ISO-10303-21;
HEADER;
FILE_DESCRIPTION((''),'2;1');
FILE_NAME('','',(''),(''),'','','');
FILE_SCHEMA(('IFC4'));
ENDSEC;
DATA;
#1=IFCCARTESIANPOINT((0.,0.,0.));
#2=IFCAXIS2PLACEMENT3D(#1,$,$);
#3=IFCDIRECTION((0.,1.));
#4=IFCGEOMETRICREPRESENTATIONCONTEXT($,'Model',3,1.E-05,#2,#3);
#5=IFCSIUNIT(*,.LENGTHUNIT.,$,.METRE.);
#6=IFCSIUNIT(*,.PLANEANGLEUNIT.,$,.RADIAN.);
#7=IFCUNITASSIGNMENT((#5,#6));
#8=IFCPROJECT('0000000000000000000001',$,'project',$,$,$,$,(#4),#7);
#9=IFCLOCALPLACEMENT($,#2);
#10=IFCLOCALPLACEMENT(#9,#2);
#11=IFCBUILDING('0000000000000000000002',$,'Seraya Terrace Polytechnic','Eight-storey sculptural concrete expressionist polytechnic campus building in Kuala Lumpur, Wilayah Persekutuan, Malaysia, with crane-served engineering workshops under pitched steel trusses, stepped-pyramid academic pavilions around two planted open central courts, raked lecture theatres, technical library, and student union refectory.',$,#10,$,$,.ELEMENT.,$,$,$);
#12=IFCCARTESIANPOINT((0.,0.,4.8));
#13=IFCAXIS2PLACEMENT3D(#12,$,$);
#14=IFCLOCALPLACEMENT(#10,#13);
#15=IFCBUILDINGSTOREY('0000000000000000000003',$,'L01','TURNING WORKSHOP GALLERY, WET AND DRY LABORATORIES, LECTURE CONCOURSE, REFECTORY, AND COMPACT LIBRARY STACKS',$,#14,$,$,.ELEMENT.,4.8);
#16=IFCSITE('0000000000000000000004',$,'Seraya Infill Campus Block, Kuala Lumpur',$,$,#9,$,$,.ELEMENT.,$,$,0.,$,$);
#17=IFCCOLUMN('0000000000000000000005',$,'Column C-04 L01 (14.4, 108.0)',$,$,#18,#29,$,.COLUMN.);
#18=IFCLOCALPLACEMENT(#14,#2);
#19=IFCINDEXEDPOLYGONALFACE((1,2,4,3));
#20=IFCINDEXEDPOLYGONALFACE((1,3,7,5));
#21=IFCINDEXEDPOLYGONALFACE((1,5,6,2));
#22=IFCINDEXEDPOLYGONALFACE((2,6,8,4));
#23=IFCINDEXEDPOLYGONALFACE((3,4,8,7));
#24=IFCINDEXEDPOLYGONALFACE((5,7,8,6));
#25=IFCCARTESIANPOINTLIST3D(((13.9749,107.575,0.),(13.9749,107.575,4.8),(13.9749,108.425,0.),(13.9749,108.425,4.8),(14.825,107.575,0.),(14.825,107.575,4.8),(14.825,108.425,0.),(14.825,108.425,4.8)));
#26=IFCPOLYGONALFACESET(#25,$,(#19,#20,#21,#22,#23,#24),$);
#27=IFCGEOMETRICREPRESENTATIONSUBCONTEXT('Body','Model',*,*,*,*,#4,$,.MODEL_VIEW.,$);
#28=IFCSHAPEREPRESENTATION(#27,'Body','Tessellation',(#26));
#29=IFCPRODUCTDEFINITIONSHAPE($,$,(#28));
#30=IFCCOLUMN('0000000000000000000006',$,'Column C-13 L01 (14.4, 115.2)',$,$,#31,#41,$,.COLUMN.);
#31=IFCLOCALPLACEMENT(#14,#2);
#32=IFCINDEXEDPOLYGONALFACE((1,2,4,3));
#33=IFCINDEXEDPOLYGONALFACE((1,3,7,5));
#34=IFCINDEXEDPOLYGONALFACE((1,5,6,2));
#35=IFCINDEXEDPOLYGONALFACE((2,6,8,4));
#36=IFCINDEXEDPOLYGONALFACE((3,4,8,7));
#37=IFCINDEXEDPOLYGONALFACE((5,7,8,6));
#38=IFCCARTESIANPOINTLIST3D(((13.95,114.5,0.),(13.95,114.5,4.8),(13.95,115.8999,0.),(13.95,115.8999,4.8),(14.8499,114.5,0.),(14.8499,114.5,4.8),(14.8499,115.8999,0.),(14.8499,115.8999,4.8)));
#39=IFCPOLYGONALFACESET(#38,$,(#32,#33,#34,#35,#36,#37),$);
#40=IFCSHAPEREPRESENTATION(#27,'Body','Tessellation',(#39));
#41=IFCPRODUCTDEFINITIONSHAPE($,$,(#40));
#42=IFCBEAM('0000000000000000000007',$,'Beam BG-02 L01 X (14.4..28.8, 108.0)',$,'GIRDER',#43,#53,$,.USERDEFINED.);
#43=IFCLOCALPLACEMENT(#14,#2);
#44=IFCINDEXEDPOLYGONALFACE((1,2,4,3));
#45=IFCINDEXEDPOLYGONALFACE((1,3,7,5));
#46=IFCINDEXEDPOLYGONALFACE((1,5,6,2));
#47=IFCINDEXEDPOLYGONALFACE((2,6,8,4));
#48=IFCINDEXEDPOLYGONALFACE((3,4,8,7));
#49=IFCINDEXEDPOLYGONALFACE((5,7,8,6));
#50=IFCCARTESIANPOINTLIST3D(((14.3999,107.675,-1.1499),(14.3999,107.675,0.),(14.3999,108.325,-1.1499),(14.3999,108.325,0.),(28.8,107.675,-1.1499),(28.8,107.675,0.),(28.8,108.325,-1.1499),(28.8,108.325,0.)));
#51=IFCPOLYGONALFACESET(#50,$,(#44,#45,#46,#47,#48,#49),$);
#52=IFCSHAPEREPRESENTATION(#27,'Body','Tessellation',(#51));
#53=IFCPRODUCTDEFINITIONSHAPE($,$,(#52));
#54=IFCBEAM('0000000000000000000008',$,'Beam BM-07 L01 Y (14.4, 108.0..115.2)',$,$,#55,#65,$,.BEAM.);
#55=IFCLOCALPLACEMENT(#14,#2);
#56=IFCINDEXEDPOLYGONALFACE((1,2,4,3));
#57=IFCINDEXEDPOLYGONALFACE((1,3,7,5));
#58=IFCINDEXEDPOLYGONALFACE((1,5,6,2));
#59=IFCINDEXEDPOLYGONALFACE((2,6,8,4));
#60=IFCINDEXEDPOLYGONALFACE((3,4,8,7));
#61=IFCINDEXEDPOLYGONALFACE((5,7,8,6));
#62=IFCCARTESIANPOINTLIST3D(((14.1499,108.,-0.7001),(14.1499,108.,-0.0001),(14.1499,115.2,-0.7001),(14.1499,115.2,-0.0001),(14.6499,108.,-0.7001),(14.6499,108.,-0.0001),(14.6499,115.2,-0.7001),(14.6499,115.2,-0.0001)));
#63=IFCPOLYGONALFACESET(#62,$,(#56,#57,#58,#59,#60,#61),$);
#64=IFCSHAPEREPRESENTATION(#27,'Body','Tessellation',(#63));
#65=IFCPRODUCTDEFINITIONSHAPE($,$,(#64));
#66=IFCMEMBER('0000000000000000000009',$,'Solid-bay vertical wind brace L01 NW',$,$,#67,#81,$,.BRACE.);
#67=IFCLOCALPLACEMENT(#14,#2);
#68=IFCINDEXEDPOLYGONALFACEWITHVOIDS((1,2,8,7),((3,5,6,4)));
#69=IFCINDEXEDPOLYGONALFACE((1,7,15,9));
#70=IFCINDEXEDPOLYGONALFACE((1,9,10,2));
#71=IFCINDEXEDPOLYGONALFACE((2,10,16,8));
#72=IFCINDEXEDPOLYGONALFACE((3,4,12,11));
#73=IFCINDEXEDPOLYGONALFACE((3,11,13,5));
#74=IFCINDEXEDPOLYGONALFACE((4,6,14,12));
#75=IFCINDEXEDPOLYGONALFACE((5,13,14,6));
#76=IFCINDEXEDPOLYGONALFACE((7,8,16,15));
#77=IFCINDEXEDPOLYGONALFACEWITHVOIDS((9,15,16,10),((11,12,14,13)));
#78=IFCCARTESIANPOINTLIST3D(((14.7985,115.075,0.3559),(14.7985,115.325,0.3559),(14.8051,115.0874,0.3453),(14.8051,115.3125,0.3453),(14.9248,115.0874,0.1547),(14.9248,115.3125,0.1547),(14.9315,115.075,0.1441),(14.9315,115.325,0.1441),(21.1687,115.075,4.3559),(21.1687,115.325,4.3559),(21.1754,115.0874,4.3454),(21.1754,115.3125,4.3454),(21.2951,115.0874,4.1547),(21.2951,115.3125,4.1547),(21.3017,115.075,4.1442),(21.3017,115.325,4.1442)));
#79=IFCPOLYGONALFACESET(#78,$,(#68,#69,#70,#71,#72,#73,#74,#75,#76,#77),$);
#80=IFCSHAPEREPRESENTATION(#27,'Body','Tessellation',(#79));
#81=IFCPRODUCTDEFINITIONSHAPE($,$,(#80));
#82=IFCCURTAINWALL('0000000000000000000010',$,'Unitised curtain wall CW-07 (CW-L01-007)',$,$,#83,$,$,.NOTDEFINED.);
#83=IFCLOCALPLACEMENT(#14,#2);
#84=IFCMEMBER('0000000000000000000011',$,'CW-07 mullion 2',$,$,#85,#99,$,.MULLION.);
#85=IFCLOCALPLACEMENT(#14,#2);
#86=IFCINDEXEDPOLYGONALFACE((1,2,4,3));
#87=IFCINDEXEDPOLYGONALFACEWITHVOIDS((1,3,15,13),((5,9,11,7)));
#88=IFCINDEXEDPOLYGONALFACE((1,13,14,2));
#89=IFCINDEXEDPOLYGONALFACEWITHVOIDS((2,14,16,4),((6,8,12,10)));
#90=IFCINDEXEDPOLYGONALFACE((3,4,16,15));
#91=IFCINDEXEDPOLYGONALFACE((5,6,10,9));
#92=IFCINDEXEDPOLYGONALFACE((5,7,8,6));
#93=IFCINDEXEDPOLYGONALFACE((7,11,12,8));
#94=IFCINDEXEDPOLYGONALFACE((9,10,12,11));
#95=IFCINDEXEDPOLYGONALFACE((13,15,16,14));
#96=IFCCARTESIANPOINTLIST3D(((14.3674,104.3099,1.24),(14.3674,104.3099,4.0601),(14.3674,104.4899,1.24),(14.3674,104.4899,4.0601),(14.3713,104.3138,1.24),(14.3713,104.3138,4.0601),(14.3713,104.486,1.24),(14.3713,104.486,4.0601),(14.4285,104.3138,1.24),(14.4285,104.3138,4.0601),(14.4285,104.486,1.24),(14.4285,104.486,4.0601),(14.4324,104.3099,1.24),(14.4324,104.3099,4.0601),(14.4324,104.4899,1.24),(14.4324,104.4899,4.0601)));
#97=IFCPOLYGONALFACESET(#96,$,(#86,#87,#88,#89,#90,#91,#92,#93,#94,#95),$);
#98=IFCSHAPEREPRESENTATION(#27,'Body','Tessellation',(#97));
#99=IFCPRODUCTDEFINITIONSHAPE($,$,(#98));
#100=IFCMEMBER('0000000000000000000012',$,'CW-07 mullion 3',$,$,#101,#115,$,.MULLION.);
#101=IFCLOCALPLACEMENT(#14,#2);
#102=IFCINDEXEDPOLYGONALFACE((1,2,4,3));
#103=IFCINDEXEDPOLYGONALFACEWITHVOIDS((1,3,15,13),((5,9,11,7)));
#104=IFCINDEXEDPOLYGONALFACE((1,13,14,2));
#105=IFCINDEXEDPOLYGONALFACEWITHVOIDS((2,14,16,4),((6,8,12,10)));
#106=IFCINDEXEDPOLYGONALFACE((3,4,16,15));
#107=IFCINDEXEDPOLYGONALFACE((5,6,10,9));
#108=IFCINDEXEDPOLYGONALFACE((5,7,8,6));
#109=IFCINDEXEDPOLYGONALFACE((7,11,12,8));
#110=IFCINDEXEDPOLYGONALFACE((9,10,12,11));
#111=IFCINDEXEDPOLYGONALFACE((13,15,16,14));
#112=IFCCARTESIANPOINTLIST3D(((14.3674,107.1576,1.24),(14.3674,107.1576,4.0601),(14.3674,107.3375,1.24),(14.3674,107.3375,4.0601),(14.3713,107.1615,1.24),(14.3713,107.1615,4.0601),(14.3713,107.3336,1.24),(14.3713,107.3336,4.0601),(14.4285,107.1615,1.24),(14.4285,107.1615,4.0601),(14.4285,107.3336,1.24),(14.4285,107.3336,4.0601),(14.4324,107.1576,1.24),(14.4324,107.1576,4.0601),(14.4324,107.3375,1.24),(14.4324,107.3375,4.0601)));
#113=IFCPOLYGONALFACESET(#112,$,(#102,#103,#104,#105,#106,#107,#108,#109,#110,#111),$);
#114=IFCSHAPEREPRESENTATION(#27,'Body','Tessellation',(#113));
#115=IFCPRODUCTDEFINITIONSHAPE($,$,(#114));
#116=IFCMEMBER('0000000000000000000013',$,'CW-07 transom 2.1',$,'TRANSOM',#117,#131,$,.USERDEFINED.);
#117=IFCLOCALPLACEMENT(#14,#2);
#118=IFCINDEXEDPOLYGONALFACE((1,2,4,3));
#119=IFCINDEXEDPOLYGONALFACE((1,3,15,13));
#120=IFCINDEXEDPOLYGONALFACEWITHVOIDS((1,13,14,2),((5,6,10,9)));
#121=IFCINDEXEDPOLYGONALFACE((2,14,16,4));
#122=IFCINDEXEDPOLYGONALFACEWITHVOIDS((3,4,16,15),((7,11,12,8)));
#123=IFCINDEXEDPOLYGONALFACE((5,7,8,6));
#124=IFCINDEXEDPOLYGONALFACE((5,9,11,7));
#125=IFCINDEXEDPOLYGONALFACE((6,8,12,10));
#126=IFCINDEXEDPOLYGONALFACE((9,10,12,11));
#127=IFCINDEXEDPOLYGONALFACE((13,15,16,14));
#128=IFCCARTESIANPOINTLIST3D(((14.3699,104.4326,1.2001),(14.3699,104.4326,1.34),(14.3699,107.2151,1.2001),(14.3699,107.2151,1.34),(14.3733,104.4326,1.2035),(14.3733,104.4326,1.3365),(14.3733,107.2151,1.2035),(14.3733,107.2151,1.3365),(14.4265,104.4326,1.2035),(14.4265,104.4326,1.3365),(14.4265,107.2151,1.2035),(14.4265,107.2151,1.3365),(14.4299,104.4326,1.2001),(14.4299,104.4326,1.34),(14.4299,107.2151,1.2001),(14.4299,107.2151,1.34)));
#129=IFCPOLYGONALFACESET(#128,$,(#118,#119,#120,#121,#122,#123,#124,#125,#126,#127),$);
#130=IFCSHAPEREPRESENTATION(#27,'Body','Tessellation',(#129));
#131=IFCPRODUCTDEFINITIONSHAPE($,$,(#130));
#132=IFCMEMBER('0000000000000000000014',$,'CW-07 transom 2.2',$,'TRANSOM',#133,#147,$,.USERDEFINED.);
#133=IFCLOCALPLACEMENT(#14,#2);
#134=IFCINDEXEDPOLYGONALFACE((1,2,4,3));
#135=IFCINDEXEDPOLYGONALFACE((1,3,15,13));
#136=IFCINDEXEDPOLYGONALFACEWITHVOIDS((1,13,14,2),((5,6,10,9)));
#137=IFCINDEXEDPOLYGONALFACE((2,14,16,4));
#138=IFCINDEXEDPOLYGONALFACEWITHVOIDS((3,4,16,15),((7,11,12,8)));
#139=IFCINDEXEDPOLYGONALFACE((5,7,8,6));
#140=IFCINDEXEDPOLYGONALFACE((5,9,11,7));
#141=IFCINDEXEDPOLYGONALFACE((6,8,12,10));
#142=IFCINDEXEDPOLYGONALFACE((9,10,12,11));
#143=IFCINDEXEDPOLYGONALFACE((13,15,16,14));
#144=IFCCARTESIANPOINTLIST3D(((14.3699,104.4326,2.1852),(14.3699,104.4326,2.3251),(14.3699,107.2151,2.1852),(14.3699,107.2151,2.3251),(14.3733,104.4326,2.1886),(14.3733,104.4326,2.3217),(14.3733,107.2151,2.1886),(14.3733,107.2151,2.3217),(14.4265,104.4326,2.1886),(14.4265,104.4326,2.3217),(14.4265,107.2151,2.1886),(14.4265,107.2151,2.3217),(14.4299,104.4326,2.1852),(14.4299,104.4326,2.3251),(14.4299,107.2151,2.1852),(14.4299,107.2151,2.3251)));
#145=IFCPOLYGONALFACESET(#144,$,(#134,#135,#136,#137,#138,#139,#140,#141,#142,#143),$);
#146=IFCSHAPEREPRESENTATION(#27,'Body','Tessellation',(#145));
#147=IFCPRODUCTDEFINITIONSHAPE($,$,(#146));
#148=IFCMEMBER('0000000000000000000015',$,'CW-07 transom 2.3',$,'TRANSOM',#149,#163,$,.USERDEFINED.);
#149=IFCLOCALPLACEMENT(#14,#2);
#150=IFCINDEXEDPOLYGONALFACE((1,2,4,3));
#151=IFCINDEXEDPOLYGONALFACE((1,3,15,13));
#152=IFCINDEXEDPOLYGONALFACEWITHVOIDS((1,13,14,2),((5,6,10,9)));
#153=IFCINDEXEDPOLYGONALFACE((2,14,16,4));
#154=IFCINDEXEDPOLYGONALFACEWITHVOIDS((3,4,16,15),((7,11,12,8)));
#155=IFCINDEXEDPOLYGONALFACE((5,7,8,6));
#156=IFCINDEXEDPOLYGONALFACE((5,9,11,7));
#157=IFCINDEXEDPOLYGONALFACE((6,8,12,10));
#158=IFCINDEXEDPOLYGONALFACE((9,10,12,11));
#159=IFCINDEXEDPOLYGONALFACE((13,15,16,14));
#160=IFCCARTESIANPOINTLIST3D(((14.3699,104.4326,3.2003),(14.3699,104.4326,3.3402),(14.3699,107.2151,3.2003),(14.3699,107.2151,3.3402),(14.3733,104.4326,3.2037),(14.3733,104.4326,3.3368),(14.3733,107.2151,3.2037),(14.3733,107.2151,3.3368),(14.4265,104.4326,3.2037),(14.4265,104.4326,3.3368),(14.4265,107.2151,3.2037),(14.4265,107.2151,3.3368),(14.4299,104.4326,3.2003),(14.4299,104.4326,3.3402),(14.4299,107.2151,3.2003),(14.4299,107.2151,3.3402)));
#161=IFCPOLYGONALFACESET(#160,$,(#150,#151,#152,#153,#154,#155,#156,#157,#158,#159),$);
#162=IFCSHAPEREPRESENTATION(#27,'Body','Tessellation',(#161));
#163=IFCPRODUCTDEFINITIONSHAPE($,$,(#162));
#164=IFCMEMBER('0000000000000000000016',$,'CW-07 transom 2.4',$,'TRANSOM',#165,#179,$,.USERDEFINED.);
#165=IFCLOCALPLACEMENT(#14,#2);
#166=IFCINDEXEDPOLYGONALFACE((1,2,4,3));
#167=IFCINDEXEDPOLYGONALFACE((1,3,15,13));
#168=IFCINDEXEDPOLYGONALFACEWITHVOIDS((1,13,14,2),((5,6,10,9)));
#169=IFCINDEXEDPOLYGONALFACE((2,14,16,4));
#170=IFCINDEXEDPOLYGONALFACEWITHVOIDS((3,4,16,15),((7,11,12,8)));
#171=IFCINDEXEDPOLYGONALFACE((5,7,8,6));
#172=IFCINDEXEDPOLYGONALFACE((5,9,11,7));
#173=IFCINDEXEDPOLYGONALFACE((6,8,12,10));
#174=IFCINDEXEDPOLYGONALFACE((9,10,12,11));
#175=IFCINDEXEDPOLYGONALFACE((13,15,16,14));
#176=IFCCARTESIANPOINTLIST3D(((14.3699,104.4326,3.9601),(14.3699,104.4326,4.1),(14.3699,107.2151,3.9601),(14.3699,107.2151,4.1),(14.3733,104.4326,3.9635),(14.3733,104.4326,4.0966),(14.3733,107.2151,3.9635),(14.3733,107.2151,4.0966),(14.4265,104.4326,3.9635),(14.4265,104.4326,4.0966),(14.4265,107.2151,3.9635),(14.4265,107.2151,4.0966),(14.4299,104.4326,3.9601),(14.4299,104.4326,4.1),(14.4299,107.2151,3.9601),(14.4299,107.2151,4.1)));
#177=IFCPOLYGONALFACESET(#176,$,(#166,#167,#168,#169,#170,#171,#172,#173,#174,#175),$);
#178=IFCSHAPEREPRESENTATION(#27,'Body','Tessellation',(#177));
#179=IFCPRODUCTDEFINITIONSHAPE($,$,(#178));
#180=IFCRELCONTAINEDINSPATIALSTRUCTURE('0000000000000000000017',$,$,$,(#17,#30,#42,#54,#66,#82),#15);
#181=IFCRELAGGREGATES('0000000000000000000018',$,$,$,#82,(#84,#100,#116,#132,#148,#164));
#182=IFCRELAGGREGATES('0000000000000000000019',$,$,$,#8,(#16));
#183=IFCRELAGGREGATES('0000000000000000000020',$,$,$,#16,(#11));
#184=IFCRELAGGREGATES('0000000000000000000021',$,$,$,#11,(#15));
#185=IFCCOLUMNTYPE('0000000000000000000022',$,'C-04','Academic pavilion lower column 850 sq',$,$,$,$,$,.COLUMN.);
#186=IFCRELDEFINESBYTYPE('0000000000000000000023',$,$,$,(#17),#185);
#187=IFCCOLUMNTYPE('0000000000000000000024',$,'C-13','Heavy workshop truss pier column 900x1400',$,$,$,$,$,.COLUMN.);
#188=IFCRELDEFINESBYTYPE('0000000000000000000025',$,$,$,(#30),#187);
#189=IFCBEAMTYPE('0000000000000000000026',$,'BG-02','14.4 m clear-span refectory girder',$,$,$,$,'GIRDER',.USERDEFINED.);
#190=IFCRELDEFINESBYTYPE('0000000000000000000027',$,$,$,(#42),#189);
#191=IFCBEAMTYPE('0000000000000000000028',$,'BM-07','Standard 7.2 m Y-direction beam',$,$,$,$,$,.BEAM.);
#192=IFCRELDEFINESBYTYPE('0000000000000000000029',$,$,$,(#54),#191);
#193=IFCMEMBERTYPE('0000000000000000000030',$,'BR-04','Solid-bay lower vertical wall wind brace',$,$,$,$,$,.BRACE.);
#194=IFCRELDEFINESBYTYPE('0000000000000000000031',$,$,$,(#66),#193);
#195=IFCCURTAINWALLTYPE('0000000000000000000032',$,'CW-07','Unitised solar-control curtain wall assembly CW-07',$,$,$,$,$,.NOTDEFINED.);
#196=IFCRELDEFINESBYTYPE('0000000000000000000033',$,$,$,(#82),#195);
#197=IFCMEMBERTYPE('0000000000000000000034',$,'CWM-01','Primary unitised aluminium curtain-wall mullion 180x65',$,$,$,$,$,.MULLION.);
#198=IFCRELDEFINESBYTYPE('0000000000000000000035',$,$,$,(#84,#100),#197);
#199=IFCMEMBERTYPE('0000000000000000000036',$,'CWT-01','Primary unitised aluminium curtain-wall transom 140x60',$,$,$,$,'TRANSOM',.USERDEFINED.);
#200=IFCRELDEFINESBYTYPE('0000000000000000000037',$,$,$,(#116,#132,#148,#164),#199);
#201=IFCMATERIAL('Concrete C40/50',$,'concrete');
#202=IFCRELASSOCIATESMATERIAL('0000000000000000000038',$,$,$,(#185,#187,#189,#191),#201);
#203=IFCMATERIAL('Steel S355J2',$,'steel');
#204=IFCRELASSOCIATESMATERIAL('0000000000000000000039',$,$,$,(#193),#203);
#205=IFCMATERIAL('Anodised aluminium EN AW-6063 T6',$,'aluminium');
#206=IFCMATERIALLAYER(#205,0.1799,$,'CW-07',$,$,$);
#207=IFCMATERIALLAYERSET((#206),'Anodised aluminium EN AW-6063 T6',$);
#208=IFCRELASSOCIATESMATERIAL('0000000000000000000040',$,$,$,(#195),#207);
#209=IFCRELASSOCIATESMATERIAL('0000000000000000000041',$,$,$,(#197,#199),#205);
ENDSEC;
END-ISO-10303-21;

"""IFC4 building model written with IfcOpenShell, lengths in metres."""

from ifc_helpers import new_model, si_unit, direction, frame, origin, origin_2d, place, context, subcontext, project, spatial, rectangle, hollow_rectangle, extrude, material, layer, layer_set, material_profile, profile_set, type_object, element, aggregate, save


model = new_model("IFC4")

# Units and contexts
model_context = context("Model", 3, precision=1e-05, world=origin(), true_north=direction((0.0, 1.0)))
body_context = subcontext(model_context, "Body", "Model", "MODEL_VIEW")
ifc_project = project(units=[si_unit("LENGTHUNIT", "METRE"), si_unit("PLANEANGLEUNIT", "RADIAN")], contexts=[model_context])

# Site, building, storey
site_placement = place(None, origin())
site = spatial("IfcSite", under=ifc_project, at=site_placement, Name="Seraya Infill Campus Block, Kuala Lumpur", CompositionType="ELEMENT", RefElevation=0.0)
building_placement = place(site_placement, origin())
building = spatial("IfcBuilding", under=site, at=building_placement, Name="Seraya Terrace Polytechnic", Description="Eight-storey sculptural concrete expressionist polytechnic campus building in Kuala Lumpur, Wilayah Persekutuan, Malaysia, with crane-served engineering workshops under pitched steel trusses, stepped-pyramid academic pavilions around two planted open central courts, raked lecture theatres, technical library, and student union refectory.", CompositionType="ELEMENT")
storey_placement = place(building_placement, frame((0.0, 0.0, 4.8)))
storey = spatial("IfcBuildingStorey", under=building, at=storey_placement, Name="L01", Description="TURNING WORKSHOP GALLERY, WET AND DRY LABORATORIES, LECTURE CONCOURSE, REFECTORY, AND COMPACT LIBRARY STACKS", CompositionType="ELEMENT", Elevation=4.8)

# Columns
ifc_material_1 = material(Name="Concrete C40/50", Category="concrete")
ifc_material_profile_1 = material_profile(ifc_material_1, rectangle(XDim=0.8501, YDim=0.8501, at=origin_2d()), Name="RC 850x850")
ifc_profile_set_1 = profile_set([ifc_material_profile_1], Name="Concrete C40/50")
column_type_1 = type_object("IfcColumnType", Name="C-04", Description="Academic pavilion lower column 850 sq", PredefinedType="COLUMN", material=ifc_profile_set_1)
column_1_placement = place(storey_placement, frame((14.3999, 108.0, 0.0), z_axis=(0.0, 0.0, 1.0), x_axis=(1.0, 0.0, 0.0)))
element("IfcColumn", 1, at=column_1_placement, inside=storey, type_object=column_type_1, Name="Column C-04 L01 (14.4, 108.0)", PredefinedType="COLUMN", context=body_context, shape_type="SweptSolid", body=[
    extrude(rectangle(XDim=0.8501, YDim=0.8501, at=origin_2d()), origin(), (0.0, 0.0, 1.0), 4.8),
])
ifc_material_profile_2 = material_profile(ifc_material_1, rectangle(XDim=0.8999, YDim=1.3999, at=origin_2d()), Name="RC 900x1400")
ifc_profile_set_2 = profile_set([ifc_material_profile_2], Name="Concrete C40/50")
column_type_2 = type_object("IfcColumnType", Name="C-13", Description="Heavy workshop truss pier column 900x1400", PredefinedType="COLUMN", material=ifc_profile_set_2)
column_2_placement = place(storey_placement, frame((14.3999, 115.2, 0.0), z_axis=(0.0, 0.0, 1.0), x_axis=(1.0, 0.0, 0.0)))
element("IfcColumn", 2, at=column_2_placement, inside=storey, type_object=column_type_2, Name="Column C-13 L01 (14.4, 115.2)", PredefinedType="COLUMN", context=body_context, shape_type="SweptSolid", body=[
    extrude(rectangle(XDim=0.8999, YDim=1.3999, at=origin_2d()), origin(), (0.0, 0.0, 1.0), 4.8),
])

# Beams
ifc_material_profile_3 = material_profile(ifc_material_1, rectangle(XDim=0.6499, YDim=1.1499, at=origin_2d()), Name="RC 650x1150")
ifc_profile_set_3 = profile_set([ifc_material_profile_3], Name="Concrete C40/50")
beam_type_1 = type_object("IfcBeamType", Name="BG-02", Description="14.4 m clear-span refectory girder", ElementType="GIRDER", PredefinedType="USERDEFINED", material=ifc_profile_set_3)
beam_1_placement = place(storey_placement, frame((14.3999, 108.0, -0.575), z_axis=(1.0, 0.0, 0.0), x_axis=(0.0, 1.0, 0.0)))
element("IfcBeam", 3, at=beam_1_placement, inside=storey, type_object=beam_type_1, Name="Beam BG-02 L01 X (14.4..28.8, 108.0)", ObjectType="GIRDER", PredefinedType="USERDEFINED", context=body_context, shape_type="SweptSolid", body=[
    extrude(rectangle(XDim=0.6499, YDim=1.1499, at=origin_2d()), origin(), (0.0, 0.0, 1.0), 14.4001),
])
ifc_material_profile_4 = material_profile(ifc_material_1, rectangle(XDim=0.5, YDim=0.7, at=origin_2d()), Name="RC 500x700")
ifc_profile_set_4 = profile_set([ifc_material_profile_4], Name="Concrete C40/50")
beam_type_2 = type_object("IfcBeamType", Name="BM-07", Description="Standard 7.2 m Y-direction beam", PredefinedType="BEAM", material=ifc_profile_set_4)
beam_2_placement = place(storey_placement, frame((14.3999, 108.0, -0.3501), z_axis=(0.0, 1.0, 0.0), x_axis=(-1.0, 0.0, 0.0)))
element("IfcBeam", 4, at=beam_2_placement, inside=storey, type_object=beam_type_2, Name="Beam BM-07 L01 Y (14.4, 108.0..115.2)", PredefinedType="BEAM", context=body_context, shape_type="SweptSolid", body=[
    extrude(rectangle(XDim=0.5, YDim=0.7, at=origin_2d()), origin(), (0.0, 0.0, 1.0), 7.2),
])

# Member
ifc_material_2 = material(Name="Steel S355J2", Category="steel")
ifc_material_profile_5 = material_profile(ifc_material_2, hollow_rectangle(XDim=0.25, YDim=0.25, WallThickness=0.0125, at=origin_2d()), Name="SHS 250x250x12.5")
ifc_profile_set_5 = profile_set([ifc_material_profile_5], Name="Steel S355J2")
member_type_1 = type_object("IfcMemberType", Name="BR-04", Description="Solid-bay lower vertical wall wind brace", PredefinedType="BRACE", material=ifc_profile_set_5)
member_1_placement = place(storey_placement, frame((14.865, 115.2, 0.25), z_axis=(0.84688, 0.0, 0.531783), x_axis=(0.0, 1.0, 0.0)))
element("IfcMember", 5, at=member_1_placement, inside=storey, type_object=member_type_1, Name="Solid-bay vertical wind brace L01 NW", PredefinedType="BRACE", context=body_context, shape_type="SweptSolid", body=[
    extrude(hollow_rectangle(XDim=0.25, YDim=0.25, WallThickness=0.0125, at=origin_2d()), origin(), (0.0, 0.0, 1.0), 7.522),
])

# Curtain wall, members
ifc_material_3 = material(Name="Anodised aluminium EN AW-6063 T6", Category="aluminium")
ifc_layer_1 = layer(ifc_material_3, 0.1799, Name="CW-07")
ifc_layer_set_1 = layer_set([ifc_layer_1], Name="Anodised aluminium EN AW-6063 T6")
curtain_wall_type = type_object("IfcCurtainWallType", Name="CW-07", Description="Unitised solar-control curtain wall assembly CW-07", PredefinedType="NOTDEFINED", material=ifc_layer_set_1)
curtain_wall_placement = place(storey_placement, origin())
curtain_wall = element("IfcCurtainWall", 6, at=curtain_wall_placement, inside=storey, type_object=curtain_wall_type, Name="Unitised curtain wall CW-07 (CW-L01-007)", PredefinedType="NOTDEFINED")
ifc_material_profile_6 = material_profile(ifc_material_3, hollow_rectangle(XDim=0.0649, YDim=0.1799, WallThickness=0.0039, at=origin_2d()), Name="RHS 180x65x4.0")
ifc_profile_set_6 = profile_set([ifc_material_profile_6], Name="Anodised aluminium EN AW-6063 T6")
member_type_2 = type_object("IfcMemberType", Name="CWM-01", Description="Primary unitised aluminium curtain-wall mullion 180x65", PredefinedType="MULLION", material=ifc_profile_set_6)
member_2_placement = place(storey_placement, frame((14.3999, 104.3999, 1.24), z_axis=(0.0, 0.0, 1.0), x_axis=(-1.0, 0.0, 0.0)))
member_2 = element("IfcMember", 7, at=member_2_placement, type_object=member_type_2, Name="CW-07 mullion 2", PredefinedType="MULLION", context=body_context, shape_type="SweptSolid", body=[
    extrude(hollow_rectangle(XDim=0.0649, YDim=0.1799, WallThickness=0.0039, at=origin_2d()), origin(), (0.0, 0.0, 1.0), 2.8201),
])
member_3_placement = place(storey_placement, frame((14.3999, 107.2476, 1.24), z_axis=(0.0, 0.0, 1.0), x_axis=(-1.0, 0.0, 0.0)))
member_3 = element("IfcMember", 8, at=member_3_placement, type_object=member_type_2, Name="CW-07 mullion 3", PredefinedType="MULLION", context=body_context, shape_type="SweptSolid", body=[
    extrude(hollow_rectangle(XDim=0.0649, YDim=0.1799, WallThickness=0.0039, at=origin_2d()), origin(), (0.0, 0.0, 1.0), 2.8201),
])
ifc_material_profile_7 = material_profile(ifc_material_3, hollow_rectangle(XDim=0.0601, YDim=0.1399, WallThickness=0.0034, at=origin_2d()), Name="RHS 140x60x3.5")
ifc_profile_set_7 = profile_set([ifc_material_profile_7], Name="Anodised aluminium EN AW-6063 T6")
member_type_3 = type_object("IfcMemberType", Name="CWT-01", Description="Primary unitised aluminium curtain-wall transom 140x60", ElementType="TRANSOM", PredefinedType="USERDEFINED", material=ifc_profile_set_7)
member_4_placement = place(storey_placement, frame((14.3999, 104.4326, 1.27), z_axis=(0.0, 1.0, 0.0), x_axis=(-1.0, 0.0, 0.0)))
member_4 = element("IfcMember", 9, at=member_4_placement, type_object=member_type_3, Name="CW-07 transom 2.1", ObjectType="TRANSOM", PredefinedType="USERDEFINED", context=body_context, shape_type="SweptSolid", body=[
    extrude(hollow_rectangle(XDim=0.0601, YDim=0.1399, WallThickness=0.0034, at=origin_2d()), origin(), (0.0, 0.0, 1.0), 2.7825),
])
member_5_placement = place(storey_placement, frame((14.3999, 104.4326, 2.2551), z_axis=(0.0, 1.0, 0.0), x_axis=(-1.0, 0.0, 0.0)))
member_5 = element("IfcMember", 10, at=member_5_placement, type_object=member_type_3, Name="CW-07 transom 2.2", ObjectType="TRANSOM", PredefinedType="USERDEFINED", context=body_context, shape_type="SweptSolid", body=[
    extrude(hollow_rectangle(XDim=0.0601, YDim=0.1399, WallThickness=0.0034, at=origin_2d()), origin(), (0.0, 0.0, 1.0), 2.7825),
])
member_6_placement = place(storey_placement, frame((14.3999, 104.4326, 3.2703), z_axis=(0.0, 1.0, 0.0), x_axis=(-1.0, 0.0, 0.0)))
member_6 = element("IfcMember", 11, at=member_6_placement, type_object=member_type_3, Name="CW-07 transom 2.3", ObjectType="TRANSOM", PredefinedType="USERDEFINED", context=body_context, shape_type="SweptSolid", body=[
    extrude(hollow_rectangle(XDim=0.0601, YDim=0.1399, WallThickness=0.0034, at=origin_2d()), origin(), (0.0, 0.0, 1.0), 2.7825),
])
member_7_placement = place(storey_placement, frame((14.3999, 104.4326, 4.03), z_axis=(0.0, 1.0, 0.0), x_axis=(-1.0, 0.0, 0.0)))
member_7 = element("IfcMember", 12, at=member_7_placement, type_object=member_type_3, Name="CW-07 transom 2.4", ObjectType="TRANSOM", PredefinedType="USERDEFINED", context=body_context, shape_type="SweptSolid", body=[
    extrude(hollow_rectangle(XDim=0.0601, YDim=0.1399, WallThickness=0.0034, at=origin_2d()), origin(), (0.0, 0.0, 1.0), 2.7825),
])

aggregate(curtain_wall, [member_2, member_3, member_4, member_5, member_6, member_7])

save(model, "model.ifc")
